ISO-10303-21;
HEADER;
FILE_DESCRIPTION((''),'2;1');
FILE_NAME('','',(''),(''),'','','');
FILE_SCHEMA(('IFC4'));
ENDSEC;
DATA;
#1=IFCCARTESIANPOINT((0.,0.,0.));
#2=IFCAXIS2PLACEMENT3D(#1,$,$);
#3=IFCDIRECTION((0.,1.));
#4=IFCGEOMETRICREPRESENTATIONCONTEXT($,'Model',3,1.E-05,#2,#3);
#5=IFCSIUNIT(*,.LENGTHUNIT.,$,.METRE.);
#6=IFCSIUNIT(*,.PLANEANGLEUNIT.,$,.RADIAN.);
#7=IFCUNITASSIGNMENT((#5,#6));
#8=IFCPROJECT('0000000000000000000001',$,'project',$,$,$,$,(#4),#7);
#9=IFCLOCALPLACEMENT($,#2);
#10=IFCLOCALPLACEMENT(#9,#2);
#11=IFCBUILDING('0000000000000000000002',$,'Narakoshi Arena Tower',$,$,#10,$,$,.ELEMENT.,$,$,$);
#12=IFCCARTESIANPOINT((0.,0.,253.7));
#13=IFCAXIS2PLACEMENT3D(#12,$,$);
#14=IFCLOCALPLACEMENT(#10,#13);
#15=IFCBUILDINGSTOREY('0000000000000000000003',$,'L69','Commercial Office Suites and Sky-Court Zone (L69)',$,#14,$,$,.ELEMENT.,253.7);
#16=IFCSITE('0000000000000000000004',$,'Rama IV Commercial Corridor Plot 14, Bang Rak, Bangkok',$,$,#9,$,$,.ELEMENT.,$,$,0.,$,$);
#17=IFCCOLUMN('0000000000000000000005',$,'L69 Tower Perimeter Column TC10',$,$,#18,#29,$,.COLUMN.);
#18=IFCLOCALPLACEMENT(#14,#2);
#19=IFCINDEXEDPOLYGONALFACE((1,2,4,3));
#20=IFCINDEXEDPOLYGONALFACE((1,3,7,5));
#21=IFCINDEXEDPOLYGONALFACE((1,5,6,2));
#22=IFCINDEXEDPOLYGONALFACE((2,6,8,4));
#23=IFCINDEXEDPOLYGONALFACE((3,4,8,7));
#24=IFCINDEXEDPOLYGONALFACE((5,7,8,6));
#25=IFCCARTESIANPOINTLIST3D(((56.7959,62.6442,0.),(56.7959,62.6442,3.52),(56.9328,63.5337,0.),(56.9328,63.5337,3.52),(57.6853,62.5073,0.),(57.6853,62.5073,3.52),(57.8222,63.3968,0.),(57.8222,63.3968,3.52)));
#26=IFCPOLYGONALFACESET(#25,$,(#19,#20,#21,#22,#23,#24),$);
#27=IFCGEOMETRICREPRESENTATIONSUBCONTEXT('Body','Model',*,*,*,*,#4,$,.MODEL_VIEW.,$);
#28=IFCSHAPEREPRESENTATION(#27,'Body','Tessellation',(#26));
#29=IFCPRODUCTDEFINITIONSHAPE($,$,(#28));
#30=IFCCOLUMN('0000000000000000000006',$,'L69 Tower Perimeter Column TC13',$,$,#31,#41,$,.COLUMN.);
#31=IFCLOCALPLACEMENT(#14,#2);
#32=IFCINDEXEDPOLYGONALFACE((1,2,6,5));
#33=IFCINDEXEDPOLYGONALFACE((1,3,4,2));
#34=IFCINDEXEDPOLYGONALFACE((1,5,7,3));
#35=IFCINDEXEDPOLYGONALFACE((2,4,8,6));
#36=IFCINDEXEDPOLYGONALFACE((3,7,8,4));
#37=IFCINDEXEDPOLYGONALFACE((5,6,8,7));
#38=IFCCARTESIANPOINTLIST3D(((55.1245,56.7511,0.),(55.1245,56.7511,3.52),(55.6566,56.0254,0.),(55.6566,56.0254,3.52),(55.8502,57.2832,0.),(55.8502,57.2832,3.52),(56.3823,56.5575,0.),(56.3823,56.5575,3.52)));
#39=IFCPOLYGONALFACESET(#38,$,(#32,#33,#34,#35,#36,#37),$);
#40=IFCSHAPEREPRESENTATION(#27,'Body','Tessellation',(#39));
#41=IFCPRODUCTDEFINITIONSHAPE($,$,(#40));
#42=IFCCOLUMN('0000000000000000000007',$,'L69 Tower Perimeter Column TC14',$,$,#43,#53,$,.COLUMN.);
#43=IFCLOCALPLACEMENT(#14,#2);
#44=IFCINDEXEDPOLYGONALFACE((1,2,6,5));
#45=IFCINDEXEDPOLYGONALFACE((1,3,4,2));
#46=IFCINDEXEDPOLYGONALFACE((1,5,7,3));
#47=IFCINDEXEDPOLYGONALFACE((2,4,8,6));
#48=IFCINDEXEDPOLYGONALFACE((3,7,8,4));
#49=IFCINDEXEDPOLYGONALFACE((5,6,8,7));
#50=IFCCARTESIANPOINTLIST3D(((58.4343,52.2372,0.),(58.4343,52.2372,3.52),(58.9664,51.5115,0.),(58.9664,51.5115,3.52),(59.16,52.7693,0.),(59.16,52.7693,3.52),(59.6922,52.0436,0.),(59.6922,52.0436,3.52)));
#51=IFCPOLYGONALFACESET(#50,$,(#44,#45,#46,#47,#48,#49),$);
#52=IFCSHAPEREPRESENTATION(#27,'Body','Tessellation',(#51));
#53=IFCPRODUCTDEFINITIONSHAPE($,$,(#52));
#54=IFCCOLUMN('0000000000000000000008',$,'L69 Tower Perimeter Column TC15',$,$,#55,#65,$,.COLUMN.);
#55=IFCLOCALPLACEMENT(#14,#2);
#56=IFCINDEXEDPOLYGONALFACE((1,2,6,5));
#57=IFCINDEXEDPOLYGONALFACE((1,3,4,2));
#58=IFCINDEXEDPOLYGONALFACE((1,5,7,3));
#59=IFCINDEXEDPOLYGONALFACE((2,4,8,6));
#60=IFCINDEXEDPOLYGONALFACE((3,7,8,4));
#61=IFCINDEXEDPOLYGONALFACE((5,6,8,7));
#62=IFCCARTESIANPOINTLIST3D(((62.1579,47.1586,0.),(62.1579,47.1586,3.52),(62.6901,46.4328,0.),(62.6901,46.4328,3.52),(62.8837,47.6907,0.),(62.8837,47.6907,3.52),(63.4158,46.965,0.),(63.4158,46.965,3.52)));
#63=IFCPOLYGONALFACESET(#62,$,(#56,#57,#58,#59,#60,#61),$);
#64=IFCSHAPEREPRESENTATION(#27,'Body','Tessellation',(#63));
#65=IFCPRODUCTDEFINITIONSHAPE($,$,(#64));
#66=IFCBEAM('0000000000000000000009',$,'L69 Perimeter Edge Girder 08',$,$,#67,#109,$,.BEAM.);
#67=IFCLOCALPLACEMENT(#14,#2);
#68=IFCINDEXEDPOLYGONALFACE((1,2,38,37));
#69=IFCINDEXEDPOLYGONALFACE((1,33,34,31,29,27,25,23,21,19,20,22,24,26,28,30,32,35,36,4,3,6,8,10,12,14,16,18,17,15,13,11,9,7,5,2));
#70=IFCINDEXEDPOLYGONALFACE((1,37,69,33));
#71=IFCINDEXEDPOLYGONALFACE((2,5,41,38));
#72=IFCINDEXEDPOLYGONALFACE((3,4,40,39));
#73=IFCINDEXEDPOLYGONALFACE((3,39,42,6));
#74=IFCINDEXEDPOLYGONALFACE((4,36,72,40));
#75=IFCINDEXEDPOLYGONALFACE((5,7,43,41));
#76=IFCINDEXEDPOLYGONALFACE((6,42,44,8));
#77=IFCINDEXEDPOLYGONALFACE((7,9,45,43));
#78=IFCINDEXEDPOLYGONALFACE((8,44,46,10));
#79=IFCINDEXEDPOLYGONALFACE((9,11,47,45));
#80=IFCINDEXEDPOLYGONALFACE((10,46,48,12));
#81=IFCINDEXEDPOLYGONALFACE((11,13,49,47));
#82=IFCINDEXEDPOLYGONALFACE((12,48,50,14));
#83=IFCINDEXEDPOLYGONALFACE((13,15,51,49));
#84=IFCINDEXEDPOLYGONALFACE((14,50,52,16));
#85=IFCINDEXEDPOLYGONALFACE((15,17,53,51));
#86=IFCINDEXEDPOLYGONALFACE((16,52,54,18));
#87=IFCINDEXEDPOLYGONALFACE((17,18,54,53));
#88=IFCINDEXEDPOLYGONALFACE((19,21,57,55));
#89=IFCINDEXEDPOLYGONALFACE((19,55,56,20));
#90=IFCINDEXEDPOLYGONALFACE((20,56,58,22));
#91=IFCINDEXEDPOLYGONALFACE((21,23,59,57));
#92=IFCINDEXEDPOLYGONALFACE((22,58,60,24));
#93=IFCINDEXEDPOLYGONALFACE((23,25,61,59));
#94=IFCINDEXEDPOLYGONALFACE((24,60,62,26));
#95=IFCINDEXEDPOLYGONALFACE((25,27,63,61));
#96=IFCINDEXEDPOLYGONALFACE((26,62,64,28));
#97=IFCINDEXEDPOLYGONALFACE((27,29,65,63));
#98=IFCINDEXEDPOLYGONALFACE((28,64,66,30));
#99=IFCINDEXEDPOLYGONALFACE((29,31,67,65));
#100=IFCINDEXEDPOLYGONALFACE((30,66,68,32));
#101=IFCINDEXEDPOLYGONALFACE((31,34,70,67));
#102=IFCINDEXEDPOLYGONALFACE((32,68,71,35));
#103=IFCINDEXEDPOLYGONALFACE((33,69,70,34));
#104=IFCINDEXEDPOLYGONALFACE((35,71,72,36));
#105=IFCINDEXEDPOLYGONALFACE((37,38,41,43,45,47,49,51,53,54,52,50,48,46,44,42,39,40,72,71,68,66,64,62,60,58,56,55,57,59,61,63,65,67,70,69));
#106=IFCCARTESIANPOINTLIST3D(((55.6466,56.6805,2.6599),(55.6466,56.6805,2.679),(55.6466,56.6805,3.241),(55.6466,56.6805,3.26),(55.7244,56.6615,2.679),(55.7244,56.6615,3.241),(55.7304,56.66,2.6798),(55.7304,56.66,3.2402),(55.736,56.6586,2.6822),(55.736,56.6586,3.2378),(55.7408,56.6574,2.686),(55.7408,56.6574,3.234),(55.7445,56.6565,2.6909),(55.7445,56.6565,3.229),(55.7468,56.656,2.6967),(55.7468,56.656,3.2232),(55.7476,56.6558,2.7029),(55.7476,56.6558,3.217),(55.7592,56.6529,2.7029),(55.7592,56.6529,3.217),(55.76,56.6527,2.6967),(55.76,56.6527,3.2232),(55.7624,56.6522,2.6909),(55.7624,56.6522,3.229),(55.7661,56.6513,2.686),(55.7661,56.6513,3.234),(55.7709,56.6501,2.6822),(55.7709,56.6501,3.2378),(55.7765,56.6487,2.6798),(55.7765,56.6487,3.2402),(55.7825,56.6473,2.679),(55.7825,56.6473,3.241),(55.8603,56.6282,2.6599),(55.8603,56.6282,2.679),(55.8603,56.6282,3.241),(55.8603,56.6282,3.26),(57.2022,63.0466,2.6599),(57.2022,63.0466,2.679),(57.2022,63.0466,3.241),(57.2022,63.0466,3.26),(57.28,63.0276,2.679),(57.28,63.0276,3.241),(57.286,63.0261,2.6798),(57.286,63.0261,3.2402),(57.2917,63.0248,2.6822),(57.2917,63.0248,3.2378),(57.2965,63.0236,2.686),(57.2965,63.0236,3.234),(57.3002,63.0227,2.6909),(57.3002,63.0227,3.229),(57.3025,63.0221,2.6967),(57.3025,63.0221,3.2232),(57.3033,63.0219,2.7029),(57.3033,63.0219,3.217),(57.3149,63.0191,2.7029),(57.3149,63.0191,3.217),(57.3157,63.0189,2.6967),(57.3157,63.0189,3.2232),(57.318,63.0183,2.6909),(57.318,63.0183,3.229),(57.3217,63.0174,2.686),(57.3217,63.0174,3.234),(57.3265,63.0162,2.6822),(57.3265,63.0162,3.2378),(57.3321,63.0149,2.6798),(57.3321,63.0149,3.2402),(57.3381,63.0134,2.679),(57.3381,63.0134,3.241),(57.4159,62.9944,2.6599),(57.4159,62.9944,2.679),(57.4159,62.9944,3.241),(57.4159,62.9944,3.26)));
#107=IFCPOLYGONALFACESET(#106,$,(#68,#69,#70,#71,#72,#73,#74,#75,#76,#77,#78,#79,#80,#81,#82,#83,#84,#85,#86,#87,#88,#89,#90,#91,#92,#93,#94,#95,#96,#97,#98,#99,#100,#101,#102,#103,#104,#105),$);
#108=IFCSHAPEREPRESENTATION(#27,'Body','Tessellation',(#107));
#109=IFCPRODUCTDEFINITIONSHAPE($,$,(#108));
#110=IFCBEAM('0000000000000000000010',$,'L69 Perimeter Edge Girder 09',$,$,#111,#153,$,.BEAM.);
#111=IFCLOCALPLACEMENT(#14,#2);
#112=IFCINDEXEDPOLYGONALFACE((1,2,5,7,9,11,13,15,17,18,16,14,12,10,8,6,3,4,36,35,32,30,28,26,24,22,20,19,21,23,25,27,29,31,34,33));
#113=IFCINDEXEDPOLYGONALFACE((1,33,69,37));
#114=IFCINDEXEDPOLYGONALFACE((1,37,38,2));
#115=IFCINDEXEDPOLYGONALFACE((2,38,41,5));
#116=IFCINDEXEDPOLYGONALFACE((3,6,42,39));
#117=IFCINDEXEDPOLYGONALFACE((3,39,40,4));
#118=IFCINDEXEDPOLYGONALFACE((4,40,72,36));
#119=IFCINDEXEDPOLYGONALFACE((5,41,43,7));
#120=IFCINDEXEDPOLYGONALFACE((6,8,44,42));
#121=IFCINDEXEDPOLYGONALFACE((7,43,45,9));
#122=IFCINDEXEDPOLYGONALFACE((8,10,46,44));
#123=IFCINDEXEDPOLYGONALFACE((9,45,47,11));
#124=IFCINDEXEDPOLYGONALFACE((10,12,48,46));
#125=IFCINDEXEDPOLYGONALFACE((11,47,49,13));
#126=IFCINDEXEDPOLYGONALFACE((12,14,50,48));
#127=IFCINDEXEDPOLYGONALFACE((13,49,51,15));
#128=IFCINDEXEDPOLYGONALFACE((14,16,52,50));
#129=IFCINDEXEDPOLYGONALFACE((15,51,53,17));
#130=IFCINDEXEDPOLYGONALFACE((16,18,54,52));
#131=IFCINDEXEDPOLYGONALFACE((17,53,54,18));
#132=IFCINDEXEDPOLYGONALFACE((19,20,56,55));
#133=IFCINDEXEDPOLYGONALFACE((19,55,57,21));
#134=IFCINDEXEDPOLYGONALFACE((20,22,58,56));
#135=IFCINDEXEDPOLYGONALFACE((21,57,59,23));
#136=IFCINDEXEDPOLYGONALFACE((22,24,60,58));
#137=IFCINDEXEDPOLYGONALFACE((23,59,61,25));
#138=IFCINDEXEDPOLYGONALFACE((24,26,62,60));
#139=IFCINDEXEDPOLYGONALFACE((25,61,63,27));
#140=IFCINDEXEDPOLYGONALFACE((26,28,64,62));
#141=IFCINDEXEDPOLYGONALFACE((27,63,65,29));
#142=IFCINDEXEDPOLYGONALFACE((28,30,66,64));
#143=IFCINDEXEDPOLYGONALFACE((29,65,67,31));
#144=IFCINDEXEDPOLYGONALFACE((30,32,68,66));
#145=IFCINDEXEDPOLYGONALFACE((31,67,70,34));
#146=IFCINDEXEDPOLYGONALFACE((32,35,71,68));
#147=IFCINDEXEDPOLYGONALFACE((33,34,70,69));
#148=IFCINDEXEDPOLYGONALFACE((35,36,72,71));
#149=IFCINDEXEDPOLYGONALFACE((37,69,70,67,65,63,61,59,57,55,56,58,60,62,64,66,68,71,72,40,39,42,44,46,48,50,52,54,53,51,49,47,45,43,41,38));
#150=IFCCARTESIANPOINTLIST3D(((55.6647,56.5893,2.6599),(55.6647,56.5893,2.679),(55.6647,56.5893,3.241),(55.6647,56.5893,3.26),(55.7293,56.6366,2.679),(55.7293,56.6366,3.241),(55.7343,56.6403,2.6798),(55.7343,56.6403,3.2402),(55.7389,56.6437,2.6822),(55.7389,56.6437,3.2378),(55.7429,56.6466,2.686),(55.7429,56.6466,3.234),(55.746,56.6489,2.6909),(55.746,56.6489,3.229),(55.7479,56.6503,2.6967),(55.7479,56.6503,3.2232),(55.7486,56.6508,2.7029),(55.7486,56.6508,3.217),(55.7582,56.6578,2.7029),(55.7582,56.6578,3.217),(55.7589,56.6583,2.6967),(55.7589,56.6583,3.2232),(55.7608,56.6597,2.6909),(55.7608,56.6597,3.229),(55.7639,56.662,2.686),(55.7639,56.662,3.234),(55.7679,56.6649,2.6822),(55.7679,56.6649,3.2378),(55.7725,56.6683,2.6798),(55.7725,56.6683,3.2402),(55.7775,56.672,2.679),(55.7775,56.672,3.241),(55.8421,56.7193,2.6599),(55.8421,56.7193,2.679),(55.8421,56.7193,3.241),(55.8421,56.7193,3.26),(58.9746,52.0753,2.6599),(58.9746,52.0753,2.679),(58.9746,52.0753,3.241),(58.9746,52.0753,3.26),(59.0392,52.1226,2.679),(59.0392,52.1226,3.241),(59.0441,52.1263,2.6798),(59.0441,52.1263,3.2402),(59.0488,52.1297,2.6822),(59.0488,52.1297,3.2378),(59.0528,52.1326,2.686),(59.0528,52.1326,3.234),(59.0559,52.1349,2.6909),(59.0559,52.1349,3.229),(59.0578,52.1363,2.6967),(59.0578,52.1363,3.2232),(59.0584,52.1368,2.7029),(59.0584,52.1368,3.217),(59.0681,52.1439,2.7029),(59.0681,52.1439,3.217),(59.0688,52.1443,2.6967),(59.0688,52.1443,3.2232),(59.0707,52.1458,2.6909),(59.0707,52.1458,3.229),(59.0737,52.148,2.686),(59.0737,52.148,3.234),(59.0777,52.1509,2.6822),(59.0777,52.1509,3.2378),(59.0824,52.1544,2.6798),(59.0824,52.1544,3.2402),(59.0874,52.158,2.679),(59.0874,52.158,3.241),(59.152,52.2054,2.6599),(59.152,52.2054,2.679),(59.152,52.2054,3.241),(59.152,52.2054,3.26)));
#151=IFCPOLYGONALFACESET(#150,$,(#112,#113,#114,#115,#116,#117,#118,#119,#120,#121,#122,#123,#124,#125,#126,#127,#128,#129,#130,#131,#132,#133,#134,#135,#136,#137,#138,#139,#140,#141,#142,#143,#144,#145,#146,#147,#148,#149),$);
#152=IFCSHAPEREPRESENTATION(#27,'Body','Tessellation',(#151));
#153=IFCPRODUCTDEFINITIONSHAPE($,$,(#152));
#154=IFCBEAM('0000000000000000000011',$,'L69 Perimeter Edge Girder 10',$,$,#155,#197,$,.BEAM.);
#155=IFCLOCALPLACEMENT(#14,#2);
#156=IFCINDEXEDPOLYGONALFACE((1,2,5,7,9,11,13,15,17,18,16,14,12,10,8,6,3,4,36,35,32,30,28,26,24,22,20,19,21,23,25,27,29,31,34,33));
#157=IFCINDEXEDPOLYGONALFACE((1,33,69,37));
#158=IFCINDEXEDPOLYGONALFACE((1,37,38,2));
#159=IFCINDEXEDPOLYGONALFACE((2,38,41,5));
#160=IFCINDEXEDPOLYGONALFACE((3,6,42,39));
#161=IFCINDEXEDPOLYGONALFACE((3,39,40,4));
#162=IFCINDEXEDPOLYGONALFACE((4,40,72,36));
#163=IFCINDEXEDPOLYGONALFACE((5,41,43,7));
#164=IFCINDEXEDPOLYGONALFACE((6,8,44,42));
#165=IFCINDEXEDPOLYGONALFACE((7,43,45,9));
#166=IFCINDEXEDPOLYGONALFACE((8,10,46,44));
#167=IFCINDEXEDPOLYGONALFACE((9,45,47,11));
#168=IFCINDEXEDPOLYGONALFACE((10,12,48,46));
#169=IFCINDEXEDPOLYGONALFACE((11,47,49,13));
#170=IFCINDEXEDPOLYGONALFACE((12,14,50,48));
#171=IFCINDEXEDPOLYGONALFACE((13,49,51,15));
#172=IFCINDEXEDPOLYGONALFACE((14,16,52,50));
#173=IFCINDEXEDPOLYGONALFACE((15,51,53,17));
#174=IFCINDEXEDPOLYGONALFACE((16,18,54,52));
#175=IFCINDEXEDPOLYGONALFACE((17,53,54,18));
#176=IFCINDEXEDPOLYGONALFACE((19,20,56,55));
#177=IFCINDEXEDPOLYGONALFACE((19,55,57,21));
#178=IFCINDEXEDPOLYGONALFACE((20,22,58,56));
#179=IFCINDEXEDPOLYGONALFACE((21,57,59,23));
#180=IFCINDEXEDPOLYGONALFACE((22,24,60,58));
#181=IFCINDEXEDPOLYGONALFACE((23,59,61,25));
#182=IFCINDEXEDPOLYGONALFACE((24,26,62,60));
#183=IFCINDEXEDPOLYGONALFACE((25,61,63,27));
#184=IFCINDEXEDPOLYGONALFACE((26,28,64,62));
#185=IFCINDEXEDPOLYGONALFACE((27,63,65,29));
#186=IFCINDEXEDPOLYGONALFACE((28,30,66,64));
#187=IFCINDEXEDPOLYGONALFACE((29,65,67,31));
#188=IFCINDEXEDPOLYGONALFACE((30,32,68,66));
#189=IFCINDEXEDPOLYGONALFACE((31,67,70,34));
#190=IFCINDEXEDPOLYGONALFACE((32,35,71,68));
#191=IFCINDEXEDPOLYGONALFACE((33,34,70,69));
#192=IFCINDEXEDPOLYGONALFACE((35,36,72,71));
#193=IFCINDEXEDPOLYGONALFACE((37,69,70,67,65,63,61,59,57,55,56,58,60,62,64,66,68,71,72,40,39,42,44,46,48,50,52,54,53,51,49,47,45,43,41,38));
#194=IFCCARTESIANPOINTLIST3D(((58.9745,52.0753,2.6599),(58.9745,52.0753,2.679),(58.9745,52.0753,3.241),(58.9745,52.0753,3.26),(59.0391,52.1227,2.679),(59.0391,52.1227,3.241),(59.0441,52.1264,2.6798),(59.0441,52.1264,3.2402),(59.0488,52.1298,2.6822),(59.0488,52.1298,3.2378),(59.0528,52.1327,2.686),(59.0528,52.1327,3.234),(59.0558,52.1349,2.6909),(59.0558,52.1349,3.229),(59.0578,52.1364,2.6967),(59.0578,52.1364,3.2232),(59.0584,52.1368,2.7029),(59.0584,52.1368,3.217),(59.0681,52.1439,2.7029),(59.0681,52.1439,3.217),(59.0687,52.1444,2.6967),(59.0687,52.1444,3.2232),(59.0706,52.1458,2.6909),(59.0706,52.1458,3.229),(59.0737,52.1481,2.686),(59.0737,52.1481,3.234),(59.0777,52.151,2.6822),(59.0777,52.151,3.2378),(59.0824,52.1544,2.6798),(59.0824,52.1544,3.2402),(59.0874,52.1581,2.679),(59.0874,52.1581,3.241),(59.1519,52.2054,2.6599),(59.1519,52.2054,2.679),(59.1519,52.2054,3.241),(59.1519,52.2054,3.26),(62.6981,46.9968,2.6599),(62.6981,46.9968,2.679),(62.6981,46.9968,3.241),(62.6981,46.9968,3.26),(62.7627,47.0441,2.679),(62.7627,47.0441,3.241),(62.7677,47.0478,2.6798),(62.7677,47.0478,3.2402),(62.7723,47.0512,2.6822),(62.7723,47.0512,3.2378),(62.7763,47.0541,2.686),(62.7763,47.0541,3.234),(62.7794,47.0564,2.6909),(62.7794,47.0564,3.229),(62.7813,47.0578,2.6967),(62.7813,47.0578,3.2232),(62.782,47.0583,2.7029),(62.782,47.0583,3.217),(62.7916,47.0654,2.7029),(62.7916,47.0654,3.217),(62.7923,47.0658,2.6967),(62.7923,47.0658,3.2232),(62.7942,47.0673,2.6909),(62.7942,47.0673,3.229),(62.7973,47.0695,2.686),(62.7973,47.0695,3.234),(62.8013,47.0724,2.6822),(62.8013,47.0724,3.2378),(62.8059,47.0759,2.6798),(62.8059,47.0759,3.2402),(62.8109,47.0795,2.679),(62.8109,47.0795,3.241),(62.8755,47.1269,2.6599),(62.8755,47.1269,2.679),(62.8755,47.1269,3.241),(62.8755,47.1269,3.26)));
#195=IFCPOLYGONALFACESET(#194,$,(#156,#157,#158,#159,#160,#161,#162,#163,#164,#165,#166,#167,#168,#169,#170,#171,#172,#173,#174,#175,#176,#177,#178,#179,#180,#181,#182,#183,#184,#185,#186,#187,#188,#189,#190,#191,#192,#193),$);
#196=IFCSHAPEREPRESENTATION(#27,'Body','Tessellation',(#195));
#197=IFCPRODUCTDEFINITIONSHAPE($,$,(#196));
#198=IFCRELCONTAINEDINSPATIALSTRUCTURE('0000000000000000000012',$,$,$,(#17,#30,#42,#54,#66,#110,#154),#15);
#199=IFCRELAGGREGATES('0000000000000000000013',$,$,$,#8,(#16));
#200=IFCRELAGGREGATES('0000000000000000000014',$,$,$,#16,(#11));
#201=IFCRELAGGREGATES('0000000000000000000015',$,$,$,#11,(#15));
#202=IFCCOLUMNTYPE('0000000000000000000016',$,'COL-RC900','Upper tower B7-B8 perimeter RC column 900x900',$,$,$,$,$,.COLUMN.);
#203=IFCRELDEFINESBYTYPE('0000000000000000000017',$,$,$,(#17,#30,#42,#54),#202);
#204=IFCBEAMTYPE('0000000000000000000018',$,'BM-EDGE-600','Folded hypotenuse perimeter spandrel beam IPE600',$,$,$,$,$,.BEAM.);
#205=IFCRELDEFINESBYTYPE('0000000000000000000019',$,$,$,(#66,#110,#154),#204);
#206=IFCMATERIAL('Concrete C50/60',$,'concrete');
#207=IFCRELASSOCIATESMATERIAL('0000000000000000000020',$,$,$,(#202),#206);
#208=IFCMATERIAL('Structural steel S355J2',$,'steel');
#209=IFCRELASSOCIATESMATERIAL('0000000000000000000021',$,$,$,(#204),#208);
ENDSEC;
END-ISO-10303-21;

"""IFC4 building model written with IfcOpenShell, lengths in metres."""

from ifc_helpers import new_model, si_unit, direction, frame, origin, origin_2d, place, context, subcontext, project, spatial, rectangle, i_section, extrude, material, material_profile, profile_set, type_object, element, save


model = new_model("IFC4")

# Units and contexts
model_context = context("Model", 3, precision=1e-05, world=origin(), true_north=direction((0.0, 1.0)))
body_context = subcontext(model_context, "Body", "Model", "MODEL_VIEW")
ifc_project = project(units=[si_unit("LENGTHUNIT", "METRE"), si_unit("PLANEANGLEUNIT", "RADIAN")], contexts=[model_context])

# Site, building, storey
site_placement = place(None, origin())
site = spatial("IfcSite", under=ifc_project, at=site_placement, Name="Rama IV Commercial Corridor Plot 14, Bang Rak, Bangkok", CompositionType="ELEMENT", RefElevation=0.0)
building_placement = place(site_placement, origin())
building = spatial("IfcBuilding", under=site, at=building_placement, Name="Narakoshi Arena Tower", CompositionType="ELEMENT")
storey_placement = place(building_placement, frame((0.0, 0.0, 253.7)))
storey = spatial("IfcBuildingStorey", under=building, at=storey_placement, Name="L69", Description="Commercial Office Suites and Sky-Court Zone (L69)", CompositionType="ELEMENT", Elevation=253.7)

# Columns
ifc_material_1 = material(Name="Concrete C50/60", Category="concrete")
ifc_material_profile_1 = material_profile(ifc_material_1, rectangle(XDim=0.8999, YDim=0.8999, at=origin_2d()), Name="RC900x900")
ifc_profile_set_1 = profile_set([ifc_material_profile_1], Name="Concrete C50/60")
column_type = type_object("IfcColumnType", Name="COL-RC900", Description="Upper tower B7-B8 perimeter RC column 900x900", PredefinedType="COLUMN", material=ifc_profile_set_1)
for number, where, z_axis, x_axis, name in (
    (1, (57.3091, 63.0205, 0.0), (0.0, 0.0, 1.0), (0.152123, 0.988362, 0.0), "L69 Tower Perimeter Column TC10"),
    (2, (55.7534, 56.6543, 0.0), (0.0, 0.0, 1.0), (-0.59131, 0.806445, 0.0), "L69 Tower Perimeter Column TC13"),
    (3, (59.0632, 52.1404, 0.0), (0.0, 0.0, 1.0), (-0.59131, 0.806445, 0.0), "L69 Tower Perimeter Column TC14"),
    (4, (62.7869, 47.0618, 0.0), (0.0, 0.0, 1.0), (-0.59131, 0.806445, 0.0), "L69 Tower Perimeter Column TC15"),
):
    element("IfcColumn", number, at=place(storey_placement, frame(where, z_axis=z_axis, x_axis=x_axis)), inside=storey, type_object=column_type, Name=name, PredefinedType="COLUMN", context=body_context, shape_type="SweptSolid", body=[
        extrude(rectangle(XDim=0.8999, YDim=0.8999, at=origin_2d()), origin(), (0.0, 0.0, 1.0), 3.52),
    ])

# Beams
ifc_material_2 = material(Name="Structural steel S355J2", Category="steel")
ifc_material_profile_2 = material_profile(ifc_material_2, i_section(OverallWidth=0.22, OverallDepth=0.6001, WebThickness=0.012, FlangeThickness=0.019, FilletRadius=0.0239, at=origin_2d()), Name="IPE600")
ifc_profile_set_2 = profile_set([ifc_material_profile_2], Name="Structural steel S355J2")
beam_type_1 = type_object("IfcBeamType", Name="BM-EDGE-600", Description="Folded hypotenuse perimeter spandrel beam IPE600", PredefinedType="BEAM", material=ifc_profile_set_2)
beam_1_placement = place(storey_placement, frame((57.3091, 63.0205, 2.96), z_axis=(-0.237378, -0.971417, 0.0), x_axis=(0.971417, -0.237378, 0.0)))
element("IfcBeam", 5, at=beam_1_placement, inside=storey, type_object=beam_type_1, Name="L69 Perimeter Edge Girder 08", PredefinedType="BEAM", context=body_context, shape_type="SweptSolid", body=[
    extrude(i_section(OverallWidth=0.22, OverallDepth=0.6001, WebThickness=0.012, FlangeThickness=0.019, FilletRadius=0.0239, at=origin_2d()), origin(), (0.0, 0.0, 1.0), 6.5535),
])
beam_2_placement = place(storey_placement, frame((55.7534, 56.6543, 2.96), z_axis=(0.591318, -0.806438, 0.0), x_axis=(0.806438, 0.591318, 0.0)))
element("IfcBeam", 6, at=beam_2_placement, inside=storey, type_object=beam_type_1, Name="L69 Perimeter Edge Girder 09", PredefinedType="BEAM", context=body_context, shape_type="SweptSolid", body=[
    extrude(i_section(OverallWidth=0.22, OverallDepth=0.6001, WebThickness=0.012, FlangeThickness=0.019, FilletRadius=0.0239, at=origin_2d()), origin(), (0.0, 0.0, 1.0), 5.5974),
])
for number, where, z_axis, x_axis, name in (
    (7, (59.0632, 52.1404, 2.96), (0.591293, -0.806457, 0.0), (0.806457, 0.591293, 0.0), "L69 Perimeter Edge Girder 10"),
):
    element("IfcBeam", number, at=place(storey_placement, frame(where, z_axis=z_axis, x_axis=x_axis)), inside=storey, type_object=beam_type_1, Name=name, PredefinedType="BEAM", context=body_context, shape_type="SweptSolid", body=[
        extrude(i_section(OverallWidth=0.22, OverallDepth=0.6001, WebThickness=0.012, FlangeThickness=0.019, FilletRadius=0.0239, at=origin_2d()), origin(), (0.0, 0.0, 1.0), 6.2974),
    ])

save(model, "model.ifc")
